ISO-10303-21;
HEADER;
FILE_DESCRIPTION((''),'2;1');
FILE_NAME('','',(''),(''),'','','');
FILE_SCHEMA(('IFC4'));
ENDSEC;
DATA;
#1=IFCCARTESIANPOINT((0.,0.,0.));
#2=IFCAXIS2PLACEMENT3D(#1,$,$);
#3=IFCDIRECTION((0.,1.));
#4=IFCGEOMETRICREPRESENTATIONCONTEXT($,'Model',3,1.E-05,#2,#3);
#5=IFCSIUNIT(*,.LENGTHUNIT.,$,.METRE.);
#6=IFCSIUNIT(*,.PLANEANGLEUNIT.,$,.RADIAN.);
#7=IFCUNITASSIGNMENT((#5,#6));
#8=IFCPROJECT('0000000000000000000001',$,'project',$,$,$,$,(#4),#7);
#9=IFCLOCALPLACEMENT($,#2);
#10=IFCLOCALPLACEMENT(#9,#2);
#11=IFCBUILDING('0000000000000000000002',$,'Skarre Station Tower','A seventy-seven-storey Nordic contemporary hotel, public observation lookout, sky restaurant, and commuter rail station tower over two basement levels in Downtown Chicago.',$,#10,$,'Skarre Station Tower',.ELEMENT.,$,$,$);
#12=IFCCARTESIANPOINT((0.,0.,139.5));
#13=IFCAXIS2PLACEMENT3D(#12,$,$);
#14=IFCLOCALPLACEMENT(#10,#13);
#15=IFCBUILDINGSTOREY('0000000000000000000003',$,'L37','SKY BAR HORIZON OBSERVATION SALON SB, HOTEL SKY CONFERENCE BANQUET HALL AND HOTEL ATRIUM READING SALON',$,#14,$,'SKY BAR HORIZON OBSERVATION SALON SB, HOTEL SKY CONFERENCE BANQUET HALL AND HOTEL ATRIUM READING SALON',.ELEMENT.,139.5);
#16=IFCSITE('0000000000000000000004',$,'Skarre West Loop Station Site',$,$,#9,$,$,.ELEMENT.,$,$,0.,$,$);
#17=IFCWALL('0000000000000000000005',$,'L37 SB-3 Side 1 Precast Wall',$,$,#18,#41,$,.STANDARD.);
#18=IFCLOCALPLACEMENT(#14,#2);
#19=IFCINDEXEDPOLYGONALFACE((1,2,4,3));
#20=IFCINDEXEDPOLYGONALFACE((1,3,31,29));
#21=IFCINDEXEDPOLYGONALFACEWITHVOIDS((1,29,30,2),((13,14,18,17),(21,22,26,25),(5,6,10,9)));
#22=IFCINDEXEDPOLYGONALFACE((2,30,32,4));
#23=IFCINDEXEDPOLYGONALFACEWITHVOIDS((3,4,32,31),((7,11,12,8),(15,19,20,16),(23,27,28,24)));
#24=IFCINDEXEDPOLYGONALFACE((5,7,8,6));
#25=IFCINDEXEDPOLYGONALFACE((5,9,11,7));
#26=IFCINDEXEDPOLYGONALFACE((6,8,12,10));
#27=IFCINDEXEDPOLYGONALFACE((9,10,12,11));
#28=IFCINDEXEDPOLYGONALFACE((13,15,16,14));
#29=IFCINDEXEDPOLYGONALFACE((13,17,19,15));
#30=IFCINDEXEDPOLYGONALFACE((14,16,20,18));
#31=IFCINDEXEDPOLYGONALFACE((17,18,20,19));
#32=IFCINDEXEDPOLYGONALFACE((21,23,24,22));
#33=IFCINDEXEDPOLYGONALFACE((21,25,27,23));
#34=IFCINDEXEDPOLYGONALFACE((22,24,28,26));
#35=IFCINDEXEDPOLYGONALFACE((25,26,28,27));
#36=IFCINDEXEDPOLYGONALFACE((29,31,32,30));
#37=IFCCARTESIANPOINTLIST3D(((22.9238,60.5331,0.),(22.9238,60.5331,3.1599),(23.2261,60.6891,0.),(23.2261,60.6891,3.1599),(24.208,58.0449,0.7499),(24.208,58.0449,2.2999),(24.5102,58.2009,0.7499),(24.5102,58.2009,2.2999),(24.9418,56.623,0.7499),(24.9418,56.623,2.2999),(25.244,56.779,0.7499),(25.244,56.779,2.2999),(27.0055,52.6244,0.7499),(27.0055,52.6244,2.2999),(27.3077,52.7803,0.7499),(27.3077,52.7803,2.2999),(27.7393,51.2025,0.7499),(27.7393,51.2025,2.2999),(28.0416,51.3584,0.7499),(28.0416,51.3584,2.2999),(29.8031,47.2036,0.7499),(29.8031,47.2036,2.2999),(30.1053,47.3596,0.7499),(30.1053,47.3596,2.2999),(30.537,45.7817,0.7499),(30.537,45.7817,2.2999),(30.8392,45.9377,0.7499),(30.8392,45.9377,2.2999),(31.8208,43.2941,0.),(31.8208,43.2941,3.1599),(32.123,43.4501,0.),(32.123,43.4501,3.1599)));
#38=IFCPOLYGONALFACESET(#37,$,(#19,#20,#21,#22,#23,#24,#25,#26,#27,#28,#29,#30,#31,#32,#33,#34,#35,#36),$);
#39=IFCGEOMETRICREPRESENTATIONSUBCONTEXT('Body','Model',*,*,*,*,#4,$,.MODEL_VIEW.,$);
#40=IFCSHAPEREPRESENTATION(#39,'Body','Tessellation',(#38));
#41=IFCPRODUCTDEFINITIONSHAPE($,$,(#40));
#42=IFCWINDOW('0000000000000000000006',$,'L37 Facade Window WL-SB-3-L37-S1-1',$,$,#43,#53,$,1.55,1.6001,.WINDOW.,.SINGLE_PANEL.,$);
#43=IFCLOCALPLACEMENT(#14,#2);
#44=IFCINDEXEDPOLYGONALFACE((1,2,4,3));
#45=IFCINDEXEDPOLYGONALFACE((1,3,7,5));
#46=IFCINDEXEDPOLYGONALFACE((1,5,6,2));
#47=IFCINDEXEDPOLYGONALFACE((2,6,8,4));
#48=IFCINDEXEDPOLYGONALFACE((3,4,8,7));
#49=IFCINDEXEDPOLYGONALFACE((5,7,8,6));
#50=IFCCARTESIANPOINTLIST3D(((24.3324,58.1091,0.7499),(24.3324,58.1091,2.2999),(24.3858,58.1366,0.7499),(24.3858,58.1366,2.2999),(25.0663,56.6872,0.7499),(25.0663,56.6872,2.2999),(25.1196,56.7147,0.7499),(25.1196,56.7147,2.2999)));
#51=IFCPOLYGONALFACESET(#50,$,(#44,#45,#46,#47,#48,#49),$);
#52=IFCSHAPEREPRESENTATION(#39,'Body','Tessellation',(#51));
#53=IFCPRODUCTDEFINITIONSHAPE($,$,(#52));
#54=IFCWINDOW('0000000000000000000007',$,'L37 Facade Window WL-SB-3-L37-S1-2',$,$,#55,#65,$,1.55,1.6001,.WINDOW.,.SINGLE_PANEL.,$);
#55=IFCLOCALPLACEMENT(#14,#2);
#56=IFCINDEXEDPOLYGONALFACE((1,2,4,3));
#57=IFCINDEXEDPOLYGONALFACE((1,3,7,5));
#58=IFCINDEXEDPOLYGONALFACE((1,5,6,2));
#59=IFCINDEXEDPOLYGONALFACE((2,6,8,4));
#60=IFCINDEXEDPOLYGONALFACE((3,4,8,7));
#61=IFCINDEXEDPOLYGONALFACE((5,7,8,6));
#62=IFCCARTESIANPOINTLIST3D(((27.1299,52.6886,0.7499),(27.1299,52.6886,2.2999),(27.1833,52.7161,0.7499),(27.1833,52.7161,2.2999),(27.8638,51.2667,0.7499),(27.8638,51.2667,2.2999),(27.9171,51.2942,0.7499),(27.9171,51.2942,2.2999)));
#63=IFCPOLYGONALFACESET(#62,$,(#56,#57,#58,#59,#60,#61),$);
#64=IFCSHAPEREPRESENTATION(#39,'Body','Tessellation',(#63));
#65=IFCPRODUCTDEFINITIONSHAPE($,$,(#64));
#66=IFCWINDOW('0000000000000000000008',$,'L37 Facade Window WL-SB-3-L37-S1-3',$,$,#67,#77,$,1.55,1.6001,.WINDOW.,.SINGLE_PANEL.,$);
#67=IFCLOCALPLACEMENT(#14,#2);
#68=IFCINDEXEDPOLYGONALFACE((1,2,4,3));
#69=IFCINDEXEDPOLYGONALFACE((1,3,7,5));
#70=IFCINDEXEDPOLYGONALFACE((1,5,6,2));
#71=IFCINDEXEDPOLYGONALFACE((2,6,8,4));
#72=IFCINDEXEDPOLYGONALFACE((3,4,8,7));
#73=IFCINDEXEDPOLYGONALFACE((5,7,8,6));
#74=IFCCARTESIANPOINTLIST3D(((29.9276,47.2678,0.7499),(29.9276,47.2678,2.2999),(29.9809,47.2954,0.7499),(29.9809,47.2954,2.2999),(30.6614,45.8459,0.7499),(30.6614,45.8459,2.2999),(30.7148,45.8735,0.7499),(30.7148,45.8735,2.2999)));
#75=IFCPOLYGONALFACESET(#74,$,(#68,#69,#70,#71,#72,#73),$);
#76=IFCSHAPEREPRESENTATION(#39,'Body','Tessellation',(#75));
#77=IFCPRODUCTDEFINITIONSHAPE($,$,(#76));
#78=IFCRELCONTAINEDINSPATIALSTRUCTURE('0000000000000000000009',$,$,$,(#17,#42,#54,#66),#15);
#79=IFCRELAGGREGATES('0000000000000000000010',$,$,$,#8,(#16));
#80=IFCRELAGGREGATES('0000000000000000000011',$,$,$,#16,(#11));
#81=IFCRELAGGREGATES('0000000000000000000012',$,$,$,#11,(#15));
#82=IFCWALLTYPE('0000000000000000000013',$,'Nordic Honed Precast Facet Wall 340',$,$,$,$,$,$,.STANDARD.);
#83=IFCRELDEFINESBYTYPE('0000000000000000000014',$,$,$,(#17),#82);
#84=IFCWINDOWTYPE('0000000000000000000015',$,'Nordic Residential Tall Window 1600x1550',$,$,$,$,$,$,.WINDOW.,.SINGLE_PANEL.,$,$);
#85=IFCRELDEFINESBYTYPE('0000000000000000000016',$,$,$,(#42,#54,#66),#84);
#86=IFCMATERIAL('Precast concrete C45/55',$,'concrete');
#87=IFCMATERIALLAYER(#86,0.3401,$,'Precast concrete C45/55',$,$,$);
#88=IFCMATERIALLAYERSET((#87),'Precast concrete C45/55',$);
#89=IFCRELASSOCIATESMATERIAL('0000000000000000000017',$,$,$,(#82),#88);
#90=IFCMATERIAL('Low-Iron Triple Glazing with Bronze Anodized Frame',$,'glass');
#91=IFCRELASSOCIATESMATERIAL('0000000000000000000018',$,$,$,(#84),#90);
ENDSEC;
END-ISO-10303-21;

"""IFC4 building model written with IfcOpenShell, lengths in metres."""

from ifc_helpers import new_model, si_unit, direction, frame, frame_2d, origin, place, context, subcontext, project, spatial, rectangle, extrude, material, layer, layer_set, type_object, element, fill, save


model = new_model("IFC4")

# Units and contexts
model_context = context("Model", 3, precision=1e-05, world=origin(), true_north=direction((0.0, 1.0)))
body_context = subcontext(model_context, "Body", "Model", "MODEL_VIEW")
ifc_project = project(units=[si_unit("LENGTHUNIT", "METRE"), si_unit("PLANEANGLEUNIT", "RADIAN")], contexts=[model_context])

# Site, building, storey
site_placement = place(None, origin())
site = spatial("IfcSite", under=ifc_project, at=site_placement, Name="Skarre West Loop Station Site", CompositionType="ELEMENT", RefElevation=0.0)
building_placement = place(site_placement, origin())
building = spatial("IfcBuilding", under=site, at=building_placement, Name="Skarre Station Tower", Description="A seventy-seven-storey Nordic contemporary hotel, public observation lookout, sky restaurant, and commuter rail station tower over two basement levels in Downtown Chicago.", LongName="Skarre Station Tower", CompositionType="ELEMENT")
storey_placement = place(building_placement, frame((0.0, 0.0, 139.5)))
storey = spatial("IfcBuildingStorey", under=building, at=storey_placement, Name="L37", Description="SKY BAR HORIZON OBSERVATION SALON SB, HOTEL SKY CONFERENCE BANQUET HALL AND HOTEL ATRIUM READING SALON", LongName="SKY BAR HORIZON OBSERVATION SALON SB, HOTEL SKY CONFERENCE BANQUET HALL AND HOTEL ATRIUM READING SALON", CompositionType="ELEMENT", Elevation=139.5)

# Wall, openings, windows
ifc_material_1 = material(Name="Precast concrete C45/55", Category="concrete")
ifc_layer_1 = layer(ifc_material_1, 0.3401, Name="Precast concrete C45/55")
ifc_layer_set_1 = layer_set([ifc_layer_1], Name="Precast concrete C45/55")
wall_type = type_object("IfcWallType", Name="Nordic Honed Precast Facet Wall 340", PredefinedType="STANDARD", material=ifc_layer_set_1)
wall_placement = place(storey_placement, frame((23.075, 60.6111, 0.0), z_axis=(0.0, 0.0, 1.0), x_axis=(0.458619, -0.888633, 0.0)))
wall = element("IfcWall", 1, at=wall_placement, inside=storey, type_object=wall_type, Name="L37 SB-3 Side 1 Precast Wall", PredefinedType="STANDARD", context=body_context, shape_type="SweptSolid", body=[
    extrude(rectangle(XDim=19.3994, YDim=0.3401, at=frame_2d((9.6997, 0.0))), origin(), (0.0, 0.0, 1.0), 3.1599),
])
opening_1_placement = place(wall_placement, frame((2.8, 0.0, 0.75)))
opening_1 = element("IfcOpeningElement", 2, at=opening_1_placement, cuts=wall, PredefinedType="OPENING", context=body_context, shape_type="SweptSolid", body=[
    extrude(rectangle(XDim=1.6001, YDim=1.55, at=frame_2d((0.8, 0.7749))), frame((0.0, 0.1799, 0.0), z_axis=(0.0, -1.0, 0.0), x_axis=(1.0, 0.0, 0.0)), (0.0, 0.0, 1.0), 0.3601),
])
opening_2_placement = place(wall_placement, frame((8.8999, 0.0, 0.75)))
opening_2 = element("IfcOpeningElement", 3, at=opening_2_placement, cuts=wall, PredefinedType="OPENING", context=body_context, shape_type="SweptSolid", body=[
    extrude(rectangle(XDim=1.6001, YDim=1.55, at=frame_2d((0.8, 0.7749))), frame((0.0, 0.1799, 0.0), z_axis=(0.0, -1.0, 0.0), x_axis=(1.0, 0.0, 0.0)), (0.0, 0.0, 1.0), 0.3601),
])
opening_3_placement = place(wall_placement, frame((15.0, 0.0, 0.75)))
opening_3 = element("IfcOpeningElement", 4, at=opening_3_placement, cuts=wall, PredefinedType="OPENING", context=body_context, shape_type="SweptSolid", body=[
    extrude(rectangle(XDim=1.6001, YDim=1.55, at=frame_2d((0.8, 0.7749))), frame((0.0, 0.1799, 0.0), z_axis=(0.0, -1.0, 0.0), x_axis=(1.0, 0.0, 0.0)), (0.0, 0.0, 1.0), 0.3601),
])
ifc_material_2 = material(Name="Low-Iron Triple Glazing with Bronze Anodized Frame", Category="glass")
window_type = type_object("IfcWindowType", Name="Nordic Residential Tall Window 1600x1550", PartitioningType="SINGLE_PANEL", PredefinedType="WINDOW", material=ifc_material_2)
window_1_placement = place(opening_1_placement, origin())
window_1 = element("IfcWindow", 5, at=window_1_placement, inside=storey, type_object=window_type, Name="L37 Facade Window WL-SB-3-L37-S1-1", OverallHeight=1.55, OverallWidth=1.6001, PartitioningType="SINGLE_PANEL", PredefinedType="WINDOW", context=body_context, shape_type="SweptSolid", body=[
    extrude(rectangle(XDim=1.6001, YDim=1.55, at=frame_2d((0.8, 0.7749))), frame((0.0, 0.03, 0.0), z_axis=(0.0, -1.0, 0.0), x_axis=(1.0, 0.0, 0.0)), (0.0, 0.0, 1.0), 0.0601),
])
fill(opening_1, window_1)
window_2_placement = place(opening_2_placement, origin())
window_2 = element("IfcWindow", 6, at=window_2_placement, inside=storey, type_object=window_type, Name="L37 Facade Window WL-SB-3-L37-S1-2", OverallHeight=1.55, OverallWidth=1.6001, PartitioningType="SINGLE_PANEL", PredefinedType="WINDOW", context=body_context, shape_type="SweptSolid", body=[
    extrude(rectangle(XDim=1.6001, YDim=1.55, at=frame_2d((0.8, 0.7749))), frame((0.0, 0.03, 0.0), z_axis=(0.0, -1.0, 0.0), x_axis=(1.0, 0.0, 0.0)), (0.0, 0.0, 1.0), 0.0601),
])
fill(opening_2, window_2)
window_3_placement = place(opening_3_placement, origin())
window_3 = element("IfcWindow", 7, at=window_3_placement, inside=storey, type_object=window_type, Name="L37 Facade Window WL-SB-3-L37-S1-3", OverallHeight=1.55, OverallWidth=1.6001, PartitioningType="SINGLE_PANEL", PredefinedType="WINDOW", context=body_context, shape_type="SweptSolid", body=[
    extrude(rectangle(XDim=1.6001, YDim=1.55, at=frame_2d((0.8, 0.7749))), frame((0.0, 0.03, 0.0), z_axis=(0.0, -1.0, 0.0), x_axis=(1.0, 0.0, 0.0)), (0.0, 0.0, 1.0), 0.0601),
])
fill(opening_3, window_3)

save(model, "model.ifc")
